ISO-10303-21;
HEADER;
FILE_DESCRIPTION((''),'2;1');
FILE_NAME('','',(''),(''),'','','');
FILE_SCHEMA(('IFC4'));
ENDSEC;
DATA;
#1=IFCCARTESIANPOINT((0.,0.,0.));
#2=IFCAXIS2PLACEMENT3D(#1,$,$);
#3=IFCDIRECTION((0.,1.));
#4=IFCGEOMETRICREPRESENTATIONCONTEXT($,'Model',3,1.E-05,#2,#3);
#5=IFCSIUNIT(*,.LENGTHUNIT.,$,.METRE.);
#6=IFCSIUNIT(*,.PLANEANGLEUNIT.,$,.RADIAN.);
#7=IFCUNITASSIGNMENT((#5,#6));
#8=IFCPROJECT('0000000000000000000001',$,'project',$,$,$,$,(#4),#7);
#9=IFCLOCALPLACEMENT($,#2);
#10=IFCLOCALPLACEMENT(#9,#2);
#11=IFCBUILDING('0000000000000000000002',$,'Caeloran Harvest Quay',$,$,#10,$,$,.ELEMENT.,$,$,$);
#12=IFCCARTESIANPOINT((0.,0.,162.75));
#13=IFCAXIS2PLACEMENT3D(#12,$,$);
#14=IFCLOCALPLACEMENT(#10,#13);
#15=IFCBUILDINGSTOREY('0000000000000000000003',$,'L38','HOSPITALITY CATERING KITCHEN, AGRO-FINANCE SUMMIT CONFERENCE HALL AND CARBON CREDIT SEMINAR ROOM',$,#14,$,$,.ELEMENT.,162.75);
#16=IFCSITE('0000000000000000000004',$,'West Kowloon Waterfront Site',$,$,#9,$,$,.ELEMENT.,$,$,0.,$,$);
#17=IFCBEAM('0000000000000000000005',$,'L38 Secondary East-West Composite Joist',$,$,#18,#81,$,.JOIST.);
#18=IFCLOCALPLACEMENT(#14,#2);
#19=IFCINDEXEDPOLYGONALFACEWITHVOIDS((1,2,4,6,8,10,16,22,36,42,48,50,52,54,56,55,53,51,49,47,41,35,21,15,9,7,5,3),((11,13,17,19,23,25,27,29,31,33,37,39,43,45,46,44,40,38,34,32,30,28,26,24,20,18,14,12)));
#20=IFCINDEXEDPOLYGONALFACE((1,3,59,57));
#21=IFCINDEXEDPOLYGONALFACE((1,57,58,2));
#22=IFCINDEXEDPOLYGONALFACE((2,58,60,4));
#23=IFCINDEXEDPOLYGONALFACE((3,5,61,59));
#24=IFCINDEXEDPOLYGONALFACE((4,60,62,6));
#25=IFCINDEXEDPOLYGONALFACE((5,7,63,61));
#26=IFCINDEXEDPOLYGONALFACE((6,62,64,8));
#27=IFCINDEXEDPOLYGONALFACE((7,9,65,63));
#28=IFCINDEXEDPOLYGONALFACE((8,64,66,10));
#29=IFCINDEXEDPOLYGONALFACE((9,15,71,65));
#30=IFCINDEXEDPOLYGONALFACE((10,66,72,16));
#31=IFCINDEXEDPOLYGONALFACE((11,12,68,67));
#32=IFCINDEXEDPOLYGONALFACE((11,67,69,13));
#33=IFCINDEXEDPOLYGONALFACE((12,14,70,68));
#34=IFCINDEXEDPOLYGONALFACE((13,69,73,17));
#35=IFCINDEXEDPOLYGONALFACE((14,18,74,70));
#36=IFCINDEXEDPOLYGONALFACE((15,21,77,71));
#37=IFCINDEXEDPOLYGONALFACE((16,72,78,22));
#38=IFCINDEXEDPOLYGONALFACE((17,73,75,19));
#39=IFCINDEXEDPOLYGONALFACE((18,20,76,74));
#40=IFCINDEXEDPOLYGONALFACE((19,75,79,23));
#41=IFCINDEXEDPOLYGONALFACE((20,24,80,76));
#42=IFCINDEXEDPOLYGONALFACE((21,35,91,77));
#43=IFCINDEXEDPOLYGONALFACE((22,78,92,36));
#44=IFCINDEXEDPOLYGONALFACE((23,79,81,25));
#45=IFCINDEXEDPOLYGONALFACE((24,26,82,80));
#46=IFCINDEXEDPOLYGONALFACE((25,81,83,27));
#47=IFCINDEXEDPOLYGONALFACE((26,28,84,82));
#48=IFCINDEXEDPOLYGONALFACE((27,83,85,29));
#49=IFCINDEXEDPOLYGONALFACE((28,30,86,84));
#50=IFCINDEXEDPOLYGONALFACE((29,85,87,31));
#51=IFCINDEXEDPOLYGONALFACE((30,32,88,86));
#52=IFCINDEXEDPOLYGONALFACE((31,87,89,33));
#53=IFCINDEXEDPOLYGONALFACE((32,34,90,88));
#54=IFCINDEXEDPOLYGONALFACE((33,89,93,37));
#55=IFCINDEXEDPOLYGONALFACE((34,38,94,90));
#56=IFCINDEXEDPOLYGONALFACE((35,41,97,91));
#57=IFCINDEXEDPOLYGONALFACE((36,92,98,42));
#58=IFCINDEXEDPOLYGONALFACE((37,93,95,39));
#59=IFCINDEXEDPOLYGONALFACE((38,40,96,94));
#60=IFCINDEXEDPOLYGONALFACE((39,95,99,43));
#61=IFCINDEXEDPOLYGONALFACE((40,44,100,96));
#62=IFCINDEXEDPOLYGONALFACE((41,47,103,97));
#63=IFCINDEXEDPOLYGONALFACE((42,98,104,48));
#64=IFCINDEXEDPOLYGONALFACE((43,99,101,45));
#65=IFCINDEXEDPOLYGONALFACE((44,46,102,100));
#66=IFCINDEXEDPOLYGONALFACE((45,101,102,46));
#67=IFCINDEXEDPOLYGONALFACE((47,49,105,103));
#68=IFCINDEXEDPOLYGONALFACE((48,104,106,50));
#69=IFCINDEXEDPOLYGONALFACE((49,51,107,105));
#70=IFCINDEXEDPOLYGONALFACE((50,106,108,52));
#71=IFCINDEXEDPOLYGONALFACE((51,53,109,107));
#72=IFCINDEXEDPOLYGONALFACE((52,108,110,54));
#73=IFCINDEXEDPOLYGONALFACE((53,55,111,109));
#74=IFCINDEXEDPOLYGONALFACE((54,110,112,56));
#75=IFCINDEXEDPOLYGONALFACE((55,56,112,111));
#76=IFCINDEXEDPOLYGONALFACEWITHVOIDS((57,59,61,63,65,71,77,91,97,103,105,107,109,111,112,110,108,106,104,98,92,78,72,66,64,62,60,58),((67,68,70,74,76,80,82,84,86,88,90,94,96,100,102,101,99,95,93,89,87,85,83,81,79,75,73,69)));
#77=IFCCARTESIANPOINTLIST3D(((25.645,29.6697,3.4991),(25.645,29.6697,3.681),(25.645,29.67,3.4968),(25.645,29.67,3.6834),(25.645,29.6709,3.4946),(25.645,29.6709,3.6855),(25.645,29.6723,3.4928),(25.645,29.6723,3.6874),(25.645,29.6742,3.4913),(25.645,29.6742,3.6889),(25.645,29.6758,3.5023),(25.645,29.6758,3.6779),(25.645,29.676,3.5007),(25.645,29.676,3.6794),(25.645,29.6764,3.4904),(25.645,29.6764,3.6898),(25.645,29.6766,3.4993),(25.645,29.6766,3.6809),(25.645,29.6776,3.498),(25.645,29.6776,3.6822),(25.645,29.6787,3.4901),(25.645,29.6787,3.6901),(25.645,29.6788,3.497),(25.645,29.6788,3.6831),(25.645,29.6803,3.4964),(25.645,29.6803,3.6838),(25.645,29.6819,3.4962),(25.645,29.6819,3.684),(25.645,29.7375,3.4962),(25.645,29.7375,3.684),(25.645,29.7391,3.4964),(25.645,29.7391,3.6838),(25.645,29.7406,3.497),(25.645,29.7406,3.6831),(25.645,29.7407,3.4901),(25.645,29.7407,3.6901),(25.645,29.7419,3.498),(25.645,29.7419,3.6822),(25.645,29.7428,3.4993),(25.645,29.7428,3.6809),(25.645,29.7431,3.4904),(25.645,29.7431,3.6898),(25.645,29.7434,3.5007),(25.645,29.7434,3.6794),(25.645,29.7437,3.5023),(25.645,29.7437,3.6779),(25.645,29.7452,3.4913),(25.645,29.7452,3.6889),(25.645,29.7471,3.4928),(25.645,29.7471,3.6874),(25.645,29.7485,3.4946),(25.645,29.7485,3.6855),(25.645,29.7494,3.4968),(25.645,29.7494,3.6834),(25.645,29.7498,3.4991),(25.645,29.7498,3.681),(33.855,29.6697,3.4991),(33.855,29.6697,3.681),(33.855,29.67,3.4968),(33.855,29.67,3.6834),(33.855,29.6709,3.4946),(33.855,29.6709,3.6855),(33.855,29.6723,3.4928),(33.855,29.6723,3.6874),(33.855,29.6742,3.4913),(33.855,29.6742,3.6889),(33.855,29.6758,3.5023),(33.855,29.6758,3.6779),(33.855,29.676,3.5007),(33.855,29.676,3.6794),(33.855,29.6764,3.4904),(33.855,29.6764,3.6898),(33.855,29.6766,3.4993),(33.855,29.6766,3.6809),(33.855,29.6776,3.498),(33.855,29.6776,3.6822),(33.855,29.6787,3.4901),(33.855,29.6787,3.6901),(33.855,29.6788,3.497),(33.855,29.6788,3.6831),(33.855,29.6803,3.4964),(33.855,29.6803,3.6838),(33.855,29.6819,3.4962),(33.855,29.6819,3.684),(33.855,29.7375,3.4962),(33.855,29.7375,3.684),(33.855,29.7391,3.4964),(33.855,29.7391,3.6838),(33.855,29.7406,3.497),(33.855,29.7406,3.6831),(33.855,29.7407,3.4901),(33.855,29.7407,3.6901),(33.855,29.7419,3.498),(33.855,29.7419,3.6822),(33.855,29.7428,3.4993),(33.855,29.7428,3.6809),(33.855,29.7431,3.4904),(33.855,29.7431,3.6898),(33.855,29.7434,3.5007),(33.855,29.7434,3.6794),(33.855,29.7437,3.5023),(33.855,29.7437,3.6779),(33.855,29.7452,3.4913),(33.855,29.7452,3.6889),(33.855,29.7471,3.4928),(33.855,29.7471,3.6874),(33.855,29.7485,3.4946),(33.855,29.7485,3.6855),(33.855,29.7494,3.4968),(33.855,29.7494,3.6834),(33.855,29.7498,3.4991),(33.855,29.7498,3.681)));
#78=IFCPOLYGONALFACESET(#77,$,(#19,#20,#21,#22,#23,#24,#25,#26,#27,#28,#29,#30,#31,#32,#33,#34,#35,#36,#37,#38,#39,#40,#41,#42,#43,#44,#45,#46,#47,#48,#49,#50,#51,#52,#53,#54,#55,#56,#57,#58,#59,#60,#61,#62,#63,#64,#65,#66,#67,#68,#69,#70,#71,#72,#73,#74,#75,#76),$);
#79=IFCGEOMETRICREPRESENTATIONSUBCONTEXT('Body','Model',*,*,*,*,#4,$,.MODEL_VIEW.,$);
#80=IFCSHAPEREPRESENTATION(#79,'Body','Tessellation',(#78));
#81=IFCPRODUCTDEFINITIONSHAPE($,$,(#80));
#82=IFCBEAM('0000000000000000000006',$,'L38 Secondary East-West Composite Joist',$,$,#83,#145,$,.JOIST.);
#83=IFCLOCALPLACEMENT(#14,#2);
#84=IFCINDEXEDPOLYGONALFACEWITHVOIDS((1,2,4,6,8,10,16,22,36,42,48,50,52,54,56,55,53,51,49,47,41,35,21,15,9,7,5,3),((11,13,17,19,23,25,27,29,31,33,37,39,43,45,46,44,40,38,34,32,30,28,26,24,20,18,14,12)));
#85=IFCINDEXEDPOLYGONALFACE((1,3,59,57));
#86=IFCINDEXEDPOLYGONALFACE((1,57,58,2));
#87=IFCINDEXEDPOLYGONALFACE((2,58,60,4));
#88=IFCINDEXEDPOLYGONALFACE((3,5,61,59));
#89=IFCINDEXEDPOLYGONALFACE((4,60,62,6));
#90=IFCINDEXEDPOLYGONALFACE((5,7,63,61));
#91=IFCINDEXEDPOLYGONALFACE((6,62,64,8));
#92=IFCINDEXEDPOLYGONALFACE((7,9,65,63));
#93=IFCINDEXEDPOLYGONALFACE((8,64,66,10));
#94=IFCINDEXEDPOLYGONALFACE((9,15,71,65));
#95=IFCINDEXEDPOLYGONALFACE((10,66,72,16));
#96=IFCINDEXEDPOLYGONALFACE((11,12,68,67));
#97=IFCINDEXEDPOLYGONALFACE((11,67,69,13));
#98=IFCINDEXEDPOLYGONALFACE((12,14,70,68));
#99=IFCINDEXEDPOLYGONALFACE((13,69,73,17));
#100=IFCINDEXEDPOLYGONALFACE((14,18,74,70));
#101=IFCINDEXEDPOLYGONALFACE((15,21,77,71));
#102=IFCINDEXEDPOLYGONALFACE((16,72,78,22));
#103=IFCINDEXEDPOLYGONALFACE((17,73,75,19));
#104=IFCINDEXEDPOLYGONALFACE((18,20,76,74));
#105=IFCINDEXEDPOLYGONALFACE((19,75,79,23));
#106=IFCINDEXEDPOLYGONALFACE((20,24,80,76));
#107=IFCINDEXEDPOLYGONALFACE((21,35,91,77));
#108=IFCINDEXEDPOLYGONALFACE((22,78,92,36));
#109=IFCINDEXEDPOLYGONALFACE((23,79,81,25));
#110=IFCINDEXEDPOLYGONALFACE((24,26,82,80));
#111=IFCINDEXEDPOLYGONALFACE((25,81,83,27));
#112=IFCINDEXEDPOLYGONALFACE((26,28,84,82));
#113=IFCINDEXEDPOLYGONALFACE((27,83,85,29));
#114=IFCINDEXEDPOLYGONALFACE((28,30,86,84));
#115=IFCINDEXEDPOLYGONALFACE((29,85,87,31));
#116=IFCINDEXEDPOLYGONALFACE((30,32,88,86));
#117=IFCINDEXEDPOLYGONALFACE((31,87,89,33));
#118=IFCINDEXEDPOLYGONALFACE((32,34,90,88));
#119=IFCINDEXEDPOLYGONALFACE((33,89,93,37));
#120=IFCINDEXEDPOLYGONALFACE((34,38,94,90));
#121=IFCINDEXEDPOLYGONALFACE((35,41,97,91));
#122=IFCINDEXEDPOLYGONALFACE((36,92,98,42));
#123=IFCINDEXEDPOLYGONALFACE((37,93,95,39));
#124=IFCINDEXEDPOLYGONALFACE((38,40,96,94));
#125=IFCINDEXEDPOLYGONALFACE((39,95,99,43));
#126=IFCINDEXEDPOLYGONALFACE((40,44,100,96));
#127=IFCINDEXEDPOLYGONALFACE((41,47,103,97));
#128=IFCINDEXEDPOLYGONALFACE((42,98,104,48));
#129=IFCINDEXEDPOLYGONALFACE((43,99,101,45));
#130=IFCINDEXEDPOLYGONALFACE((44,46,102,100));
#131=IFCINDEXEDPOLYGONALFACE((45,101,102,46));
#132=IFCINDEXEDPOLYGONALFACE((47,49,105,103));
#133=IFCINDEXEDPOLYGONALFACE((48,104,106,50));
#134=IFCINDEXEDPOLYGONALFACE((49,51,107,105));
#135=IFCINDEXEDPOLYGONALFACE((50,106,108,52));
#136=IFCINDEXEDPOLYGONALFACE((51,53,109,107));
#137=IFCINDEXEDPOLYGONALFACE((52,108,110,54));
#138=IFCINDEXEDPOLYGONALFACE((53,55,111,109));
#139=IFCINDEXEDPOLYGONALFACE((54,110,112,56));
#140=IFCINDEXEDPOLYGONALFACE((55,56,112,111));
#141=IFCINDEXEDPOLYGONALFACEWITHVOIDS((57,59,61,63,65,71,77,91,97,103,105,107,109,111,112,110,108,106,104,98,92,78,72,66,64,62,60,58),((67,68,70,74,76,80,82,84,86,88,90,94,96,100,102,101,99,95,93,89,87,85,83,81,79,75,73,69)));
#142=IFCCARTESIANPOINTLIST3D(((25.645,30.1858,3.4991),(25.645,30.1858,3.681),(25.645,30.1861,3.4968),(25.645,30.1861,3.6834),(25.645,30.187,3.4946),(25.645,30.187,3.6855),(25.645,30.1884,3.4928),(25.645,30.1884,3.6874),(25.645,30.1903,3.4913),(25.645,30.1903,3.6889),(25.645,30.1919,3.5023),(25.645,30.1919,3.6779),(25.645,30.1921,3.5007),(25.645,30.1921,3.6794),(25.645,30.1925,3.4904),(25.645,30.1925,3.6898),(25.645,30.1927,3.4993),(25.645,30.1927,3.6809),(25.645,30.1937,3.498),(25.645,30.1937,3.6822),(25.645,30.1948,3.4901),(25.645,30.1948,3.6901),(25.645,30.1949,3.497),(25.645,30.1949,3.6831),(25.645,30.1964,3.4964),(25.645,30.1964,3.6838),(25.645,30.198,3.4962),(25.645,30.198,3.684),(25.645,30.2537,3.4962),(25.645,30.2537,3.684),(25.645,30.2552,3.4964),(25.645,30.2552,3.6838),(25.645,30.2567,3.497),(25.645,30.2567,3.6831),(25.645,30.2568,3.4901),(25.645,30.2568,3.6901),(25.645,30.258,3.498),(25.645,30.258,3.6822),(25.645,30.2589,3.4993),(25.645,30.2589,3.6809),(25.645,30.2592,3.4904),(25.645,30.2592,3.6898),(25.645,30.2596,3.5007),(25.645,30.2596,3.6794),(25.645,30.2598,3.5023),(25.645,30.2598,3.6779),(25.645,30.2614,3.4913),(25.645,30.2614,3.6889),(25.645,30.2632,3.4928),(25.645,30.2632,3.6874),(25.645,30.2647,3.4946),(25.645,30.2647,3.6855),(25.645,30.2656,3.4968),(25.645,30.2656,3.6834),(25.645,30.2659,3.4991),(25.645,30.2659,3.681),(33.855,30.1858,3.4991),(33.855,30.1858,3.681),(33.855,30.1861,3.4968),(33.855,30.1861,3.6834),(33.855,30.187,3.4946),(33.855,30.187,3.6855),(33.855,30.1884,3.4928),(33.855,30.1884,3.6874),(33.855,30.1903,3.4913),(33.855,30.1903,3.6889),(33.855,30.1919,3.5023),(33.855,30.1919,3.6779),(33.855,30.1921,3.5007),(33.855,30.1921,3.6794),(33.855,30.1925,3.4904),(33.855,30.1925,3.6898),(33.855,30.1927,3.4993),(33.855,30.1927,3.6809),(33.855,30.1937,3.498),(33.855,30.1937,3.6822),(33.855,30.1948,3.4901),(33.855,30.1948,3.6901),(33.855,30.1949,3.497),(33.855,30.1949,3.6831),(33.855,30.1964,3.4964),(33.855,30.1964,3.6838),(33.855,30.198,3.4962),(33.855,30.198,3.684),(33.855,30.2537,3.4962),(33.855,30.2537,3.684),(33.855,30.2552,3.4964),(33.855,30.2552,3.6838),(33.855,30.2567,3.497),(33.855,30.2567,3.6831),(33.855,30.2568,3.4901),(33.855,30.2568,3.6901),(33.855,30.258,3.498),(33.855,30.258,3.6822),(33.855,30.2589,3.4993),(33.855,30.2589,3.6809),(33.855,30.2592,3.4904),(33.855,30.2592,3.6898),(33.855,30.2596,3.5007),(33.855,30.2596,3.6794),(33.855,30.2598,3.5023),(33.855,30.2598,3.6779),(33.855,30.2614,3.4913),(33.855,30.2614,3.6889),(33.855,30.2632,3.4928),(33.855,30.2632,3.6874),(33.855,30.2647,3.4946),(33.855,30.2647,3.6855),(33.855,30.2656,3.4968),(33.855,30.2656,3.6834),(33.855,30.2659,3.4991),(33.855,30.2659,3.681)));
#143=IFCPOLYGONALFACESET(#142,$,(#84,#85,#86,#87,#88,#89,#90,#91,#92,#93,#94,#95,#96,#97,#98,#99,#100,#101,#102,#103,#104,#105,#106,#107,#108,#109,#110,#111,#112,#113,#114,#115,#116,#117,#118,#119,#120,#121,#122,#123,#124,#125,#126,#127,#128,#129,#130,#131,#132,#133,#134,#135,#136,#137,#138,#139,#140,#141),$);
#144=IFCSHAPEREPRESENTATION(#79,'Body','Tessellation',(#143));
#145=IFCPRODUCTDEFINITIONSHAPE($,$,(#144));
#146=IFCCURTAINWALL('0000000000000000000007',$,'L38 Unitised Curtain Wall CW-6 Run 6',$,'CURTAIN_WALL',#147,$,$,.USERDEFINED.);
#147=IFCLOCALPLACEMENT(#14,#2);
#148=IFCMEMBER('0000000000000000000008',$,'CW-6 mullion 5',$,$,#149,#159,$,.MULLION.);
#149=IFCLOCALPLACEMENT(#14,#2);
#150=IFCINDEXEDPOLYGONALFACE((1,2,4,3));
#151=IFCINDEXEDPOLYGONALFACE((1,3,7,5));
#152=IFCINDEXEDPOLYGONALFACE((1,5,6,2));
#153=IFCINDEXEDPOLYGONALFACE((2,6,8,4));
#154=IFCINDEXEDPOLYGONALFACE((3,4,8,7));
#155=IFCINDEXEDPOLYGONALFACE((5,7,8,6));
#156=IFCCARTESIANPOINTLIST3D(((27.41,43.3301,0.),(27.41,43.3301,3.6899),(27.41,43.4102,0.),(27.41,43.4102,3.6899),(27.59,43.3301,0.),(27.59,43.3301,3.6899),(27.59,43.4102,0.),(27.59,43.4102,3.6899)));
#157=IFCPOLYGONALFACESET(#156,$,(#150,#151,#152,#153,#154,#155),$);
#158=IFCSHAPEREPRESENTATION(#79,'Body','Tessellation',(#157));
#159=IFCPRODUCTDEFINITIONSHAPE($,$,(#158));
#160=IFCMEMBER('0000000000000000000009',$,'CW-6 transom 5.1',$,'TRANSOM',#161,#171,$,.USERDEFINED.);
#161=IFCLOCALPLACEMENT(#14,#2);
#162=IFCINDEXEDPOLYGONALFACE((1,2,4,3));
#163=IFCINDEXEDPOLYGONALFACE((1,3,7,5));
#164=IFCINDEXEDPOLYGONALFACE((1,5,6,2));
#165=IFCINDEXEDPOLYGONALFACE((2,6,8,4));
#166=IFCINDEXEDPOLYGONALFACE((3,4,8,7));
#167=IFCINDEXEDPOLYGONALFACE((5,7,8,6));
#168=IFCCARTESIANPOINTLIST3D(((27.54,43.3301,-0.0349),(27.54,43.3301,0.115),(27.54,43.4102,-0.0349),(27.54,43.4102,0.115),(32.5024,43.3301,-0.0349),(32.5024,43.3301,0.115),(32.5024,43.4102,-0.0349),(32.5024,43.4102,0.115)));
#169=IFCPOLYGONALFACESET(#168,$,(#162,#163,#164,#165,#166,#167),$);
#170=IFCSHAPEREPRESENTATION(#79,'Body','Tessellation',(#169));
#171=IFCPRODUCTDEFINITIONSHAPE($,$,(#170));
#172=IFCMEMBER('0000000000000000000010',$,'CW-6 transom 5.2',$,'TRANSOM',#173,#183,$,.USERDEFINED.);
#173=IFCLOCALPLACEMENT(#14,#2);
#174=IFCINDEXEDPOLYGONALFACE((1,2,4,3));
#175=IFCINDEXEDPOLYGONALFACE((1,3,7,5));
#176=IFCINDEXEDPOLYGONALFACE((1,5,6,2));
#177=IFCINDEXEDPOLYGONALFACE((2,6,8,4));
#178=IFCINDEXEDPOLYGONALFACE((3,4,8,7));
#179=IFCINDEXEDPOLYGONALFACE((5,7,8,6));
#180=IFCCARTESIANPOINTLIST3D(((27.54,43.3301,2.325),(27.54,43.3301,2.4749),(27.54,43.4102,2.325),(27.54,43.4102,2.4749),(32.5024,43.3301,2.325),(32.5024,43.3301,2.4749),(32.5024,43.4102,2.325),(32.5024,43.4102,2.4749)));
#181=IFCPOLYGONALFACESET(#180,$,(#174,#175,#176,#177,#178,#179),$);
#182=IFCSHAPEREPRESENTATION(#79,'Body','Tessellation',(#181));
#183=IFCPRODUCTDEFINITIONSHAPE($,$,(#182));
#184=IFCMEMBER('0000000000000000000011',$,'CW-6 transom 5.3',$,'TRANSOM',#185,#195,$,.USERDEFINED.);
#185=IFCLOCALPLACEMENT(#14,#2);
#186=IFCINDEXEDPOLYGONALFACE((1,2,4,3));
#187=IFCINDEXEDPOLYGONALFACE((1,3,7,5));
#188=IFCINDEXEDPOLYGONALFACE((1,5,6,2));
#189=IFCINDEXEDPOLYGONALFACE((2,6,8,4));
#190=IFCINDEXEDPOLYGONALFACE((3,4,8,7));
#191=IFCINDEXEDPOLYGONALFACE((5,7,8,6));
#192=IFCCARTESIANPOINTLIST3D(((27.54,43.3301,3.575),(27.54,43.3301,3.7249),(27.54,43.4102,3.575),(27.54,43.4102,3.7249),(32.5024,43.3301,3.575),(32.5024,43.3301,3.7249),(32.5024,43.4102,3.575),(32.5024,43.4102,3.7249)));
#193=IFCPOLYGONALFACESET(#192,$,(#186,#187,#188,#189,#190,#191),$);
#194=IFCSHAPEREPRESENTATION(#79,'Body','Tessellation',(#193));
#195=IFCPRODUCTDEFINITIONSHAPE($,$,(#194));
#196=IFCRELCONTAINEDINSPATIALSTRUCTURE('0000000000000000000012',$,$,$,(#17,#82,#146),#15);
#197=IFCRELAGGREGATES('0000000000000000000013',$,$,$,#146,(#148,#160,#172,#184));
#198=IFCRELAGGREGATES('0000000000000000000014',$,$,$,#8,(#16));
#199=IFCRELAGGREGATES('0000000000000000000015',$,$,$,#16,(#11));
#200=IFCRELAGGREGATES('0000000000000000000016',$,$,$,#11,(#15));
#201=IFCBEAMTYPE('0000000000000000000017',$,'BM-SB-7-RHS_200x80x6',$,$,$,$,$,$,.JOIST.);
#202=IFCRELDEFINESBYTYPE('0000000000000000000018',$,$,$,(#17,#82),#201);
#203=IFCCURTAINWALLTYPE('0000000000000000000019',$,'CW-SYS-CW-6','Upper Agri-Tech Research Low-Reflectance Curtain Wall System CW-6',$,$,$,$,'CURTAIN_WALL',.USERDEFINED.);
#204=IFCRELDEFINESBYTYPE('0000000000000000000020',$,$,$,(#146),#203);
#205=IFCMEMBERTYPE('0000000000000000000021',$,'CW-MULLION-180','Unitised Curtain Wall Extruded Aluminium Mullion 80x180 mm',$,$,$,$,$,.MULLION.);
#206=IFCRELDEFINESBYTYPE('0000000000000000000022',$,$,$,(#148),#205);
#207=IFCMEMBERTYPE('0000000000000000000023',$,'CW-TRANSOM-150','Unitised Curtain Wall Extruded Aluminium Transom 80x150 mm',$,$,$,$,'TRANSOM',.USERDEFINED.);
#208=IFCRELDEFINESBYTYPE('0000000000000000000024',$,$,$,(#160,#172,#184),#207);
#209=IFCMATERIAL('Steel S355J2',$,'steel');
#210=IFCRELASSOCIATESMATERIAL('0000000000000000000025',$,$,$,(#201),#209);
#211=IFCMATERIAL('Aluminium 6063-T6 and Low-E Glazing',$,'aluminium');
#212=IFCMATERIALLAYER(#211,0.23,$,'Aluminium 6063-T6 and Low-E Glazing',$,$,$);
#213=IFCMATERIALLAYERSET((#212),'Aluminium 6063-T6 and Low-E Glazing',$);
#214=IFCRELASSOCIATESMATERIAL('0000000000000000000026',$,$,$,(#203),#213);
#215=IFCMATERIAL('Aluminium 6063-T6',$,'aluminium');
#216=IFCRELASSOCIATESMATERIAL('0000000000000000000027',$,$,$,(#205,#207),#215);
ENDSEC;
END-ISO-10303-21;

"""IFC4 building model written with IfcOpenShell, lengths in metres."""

from ifc_helpers import new_model, si_unit, direction, frame, origin, origin_2d, place, context, subcontext, project, spatial, rectangle, hollow_rectangle, extrude, material, layer, layer_set, material_profile, profile_set, type_object, element, aggregate, save


model = new_model("IFC4")

# Units and contexts
model_context = context("Model", 3, precision=1e-05, world=origin(), true_north=direction((0.0, 1.0)))
body_context = subcontext(model_context, "Body", "Model", "MODEL_VIEW")
ifc_project = project(units=[si_unit("LENGTHUNIT", "METRE"), si_unit("PLANEANGLEUNIT", "RADIAN")], contexts=[model_context])

# Site, building, storey
site_placement = place(None, origin())
site = spatial("IfcSite", under=ifc_project, at=site_placement, Name="West Kowloon Waterfront Site", CompositionType="ELEMENT", RefElevation=0.0)
building_placement = place(site_placement, origin())
building = spatial("IfcBuilding", under=site, at=building_placement, Name="Caeloran Harvest Quay", CompositionType="ELEMENT")
storey_placement = place(building_placement, frame((0.0, 0.0, 162.75)))
storey = spatial("IfcBuildingStorey", under=building, at=storey_placement, Name="L38", Description="HOSPITALITY CATERING KITCHEN, AGRO-FINANCE SUMMIT CONFERENCE HALL AND CARBON CREDIT SEMINAR ROOM", CompositionType="ELEMENT", Elevation=162.75)

# Beams
ifc_material_1 = material(Name="Steel S355J2", Category="steel")
ifc_material_profile_1 = material_profile(ifc_material_1, hollow_rectangle(XDim=0.0801, YDim=0.2, WallThickness=0.0061, InnerFilletRadius=0.0061, OuterFilletRadius=0.009, at=origin_2d()), Name="RHS 200x80x6")
ifc_profile_set_1 = profile_set([ifc_material_profile_1], Name="Steel S355J2")
beam_type_1 = type_object("IfcBeamType", Name="BM-SB-7-RHS_200x80x6", PredefinedType="JOIST", material=ifc_profile_set_1)
for number, where, z_axis, x_axis, name in (
    (1, (25.645, 29.7097, 3.5901), (1.0, 0.0, 0.0), (0.0, 1.0, 0.0), "L38 Secondary East-West Composite Joist"),
    (2, (25.645, 30.2258, 3.5901), (1.0, 0.0, 0.0), (0.0, 1.0, 0.0), "L38 Secondary East-West Composite Joist"),
):
    element("IfcBeam", number, at=place(storey_placement, frame(where, z_axis=z_axis, x_axis=x_axis)), inside=storey, type_object=beam_type_1, Name=name, PredefinedType="JOIST", context=body_context, shape_type="SweptSolid", body=[
        extrude(hollow_rectangle(XDim=0.0801, YDim=0.2, WallThickness=0.0061, InnerFilletRadius=0.0061, OuterFilletRadius=0.009, at=origin_2d()), origin(), (0.0, 0.0, 1.0), 8.21),
    ])

# Curtain wall, members
ifc_material_2 = material(Name="Aluminium 6063-T6 and Low-E Glazing", Category="aluminium")
ifc_layer_1 = layer(ifc_material_2, 0.23, Name="Aluminium 6063-T6 and Low-E Glazing")
ifc_layer_set_1 = layer_set([ifc_layer_1], Name="Aluminium 6063-T6 and Low-E Glazing")
curtain_wall_type = type_object("IfcCurtainWallType", Name="CW-SYS-CW-6", Description="Upper Agri-Tech Research Low-Reflectance Curtain Wall System CW-6", ElementType="CURTAIN_WALL", PredefinedType="USERDEFINED", material=ifc_layer_set_1)
curtain_wall_placement = place(storey_placement, origin())
curtain_wall = element("IfcCurtainWall", 3, at=curtain_wall_placement, inside=storey, type_object=curtain_wall_type, Name="L38 Unitised Curtain Wall CW-6 Run 6", ObjectType="CURTAIN_WALL", PredefinedType="USERDEFINED")
ifc_material_3 = material(Name="Aluminium 6063-T6", Category="aluminium")
ifc_material_profile_2 = material_profile(ifc_material_3, rectangle(XDim=0.0801, YDim=0.1799, at=origin_2d()), Name="CW-MULLION-180")
ifc_profile_set_2 = profile_set([ifc_material_profile_2], Name="Aluminium 6063-T6")
member_type_1 = type_object("IfcMemberType", Name="CW-MULLION-180", Description="Unitised Curtain Wall Extruded Aluminium Mullion 80x180 mm", PredefinedType="MULLION", material=ifc_profile_set_2)
member_1_placement = place(storey_placement, frame((27.5, 43.3701, 0.0), z_axis=(0.0, 0.0, 1.0), x_axis=(0.0, 1.0, 0.0)))
member_1 = element("IfcMember", 4, at=member_1_placement, type_object=member_type_1, Name="CW-6 mullion 5", PredefinedType="MULLION", context=body_context, shape_type="SweptSolid", body=[
    extrude(rectangle(XDim=0.0801, YDim=0.1799, at=origin_2d()), origin(), (0.0, 0.0, 1.0), 3.6899),
])
ifc_material_profile_3 = material_profile(ifc_material_3, rectangle(XDim=0.0801, YDim=0.1499, at=origin_2d()), Name="CW-TRANSOM-150")
ifc_profile_set_3 = profile_set([ifc_material_profile_3], Name="Aluminium 6063-T6")
member_type_2 = type_object("IfcMemberType", Name="CW-TRANSOM-150", Description="Unitised Curtain Wall Extruded Aluminium Transom 80x150 mm", ElementType="TRANSOM", PredefinedType="USERDEFINED", material=ifc_profile_set_3)
member_2_placement = place(storey_placement, frame((27.54, 43.3701, 0.04), z_axis=(1.0, 0.0, 0.0), x_axis=(0.0, 1.0, 0.0)))
member_2 = element("IfcMember", 5, at=member_2_placement, type_object=member_type_2, Name="CW-6 transom 5.1", ObjectType="TRANSOM", PredefinedType="USERDEFINED", context=body_context, shape_type="SweptSolid", body=[
    extrude(rectangle(XDim=0.0801, YDim=0.1499, at=origin_2d()), origin(), (0.0, 0.0, 1.0), 4.9624),
])
member_3_placement = place(storey_placement, frame((27.54, 43.3701, 2.3999), z_axis=(1.0, 0.0, 0.0), x_axis=(0.0, 1.0, 0.0)))
member_3 = element("IfcMember", 6, at=member_3_placement, type_object=member_type_2, Name="CW-6 transom 5.2", ObjectType="TRANSOM", PredefinedType="USERDEFINED", context=body_context, shape_type="SweptSolid", body=[
    extrude(rectangle(XDim=0.0801, YDim=0.1499, at=origin_2d()), origin(), (0.0, 0.0, 1.0), 4.9624),
])
member_4_placement = place(storey_placement, frame((27.54, 43.3701, 3.6499), z_axis=(1.0, 0.0, 0.0), x_axis=(0.0, 1.0, 0.0)))
member_4 = element("IfcMember", 7, at=member_4_placement, type_object=member_type_2, Name="CW-6 transom 5.3", ObjectType="TRANSOM", PredefinedType="USERDEFINED", context=body_context, shape_type="SweptSolid", body=[
    extrude(rectangle(XDim=0.0801, YDim=0.1499, at=origin_2d()), origin(), (0.0, 0.0, 1.0), 4.9624),
])
aggregate(curtain_wall, [member_1, member_2, member_3, member_4])

save(model, "model.ifc")
